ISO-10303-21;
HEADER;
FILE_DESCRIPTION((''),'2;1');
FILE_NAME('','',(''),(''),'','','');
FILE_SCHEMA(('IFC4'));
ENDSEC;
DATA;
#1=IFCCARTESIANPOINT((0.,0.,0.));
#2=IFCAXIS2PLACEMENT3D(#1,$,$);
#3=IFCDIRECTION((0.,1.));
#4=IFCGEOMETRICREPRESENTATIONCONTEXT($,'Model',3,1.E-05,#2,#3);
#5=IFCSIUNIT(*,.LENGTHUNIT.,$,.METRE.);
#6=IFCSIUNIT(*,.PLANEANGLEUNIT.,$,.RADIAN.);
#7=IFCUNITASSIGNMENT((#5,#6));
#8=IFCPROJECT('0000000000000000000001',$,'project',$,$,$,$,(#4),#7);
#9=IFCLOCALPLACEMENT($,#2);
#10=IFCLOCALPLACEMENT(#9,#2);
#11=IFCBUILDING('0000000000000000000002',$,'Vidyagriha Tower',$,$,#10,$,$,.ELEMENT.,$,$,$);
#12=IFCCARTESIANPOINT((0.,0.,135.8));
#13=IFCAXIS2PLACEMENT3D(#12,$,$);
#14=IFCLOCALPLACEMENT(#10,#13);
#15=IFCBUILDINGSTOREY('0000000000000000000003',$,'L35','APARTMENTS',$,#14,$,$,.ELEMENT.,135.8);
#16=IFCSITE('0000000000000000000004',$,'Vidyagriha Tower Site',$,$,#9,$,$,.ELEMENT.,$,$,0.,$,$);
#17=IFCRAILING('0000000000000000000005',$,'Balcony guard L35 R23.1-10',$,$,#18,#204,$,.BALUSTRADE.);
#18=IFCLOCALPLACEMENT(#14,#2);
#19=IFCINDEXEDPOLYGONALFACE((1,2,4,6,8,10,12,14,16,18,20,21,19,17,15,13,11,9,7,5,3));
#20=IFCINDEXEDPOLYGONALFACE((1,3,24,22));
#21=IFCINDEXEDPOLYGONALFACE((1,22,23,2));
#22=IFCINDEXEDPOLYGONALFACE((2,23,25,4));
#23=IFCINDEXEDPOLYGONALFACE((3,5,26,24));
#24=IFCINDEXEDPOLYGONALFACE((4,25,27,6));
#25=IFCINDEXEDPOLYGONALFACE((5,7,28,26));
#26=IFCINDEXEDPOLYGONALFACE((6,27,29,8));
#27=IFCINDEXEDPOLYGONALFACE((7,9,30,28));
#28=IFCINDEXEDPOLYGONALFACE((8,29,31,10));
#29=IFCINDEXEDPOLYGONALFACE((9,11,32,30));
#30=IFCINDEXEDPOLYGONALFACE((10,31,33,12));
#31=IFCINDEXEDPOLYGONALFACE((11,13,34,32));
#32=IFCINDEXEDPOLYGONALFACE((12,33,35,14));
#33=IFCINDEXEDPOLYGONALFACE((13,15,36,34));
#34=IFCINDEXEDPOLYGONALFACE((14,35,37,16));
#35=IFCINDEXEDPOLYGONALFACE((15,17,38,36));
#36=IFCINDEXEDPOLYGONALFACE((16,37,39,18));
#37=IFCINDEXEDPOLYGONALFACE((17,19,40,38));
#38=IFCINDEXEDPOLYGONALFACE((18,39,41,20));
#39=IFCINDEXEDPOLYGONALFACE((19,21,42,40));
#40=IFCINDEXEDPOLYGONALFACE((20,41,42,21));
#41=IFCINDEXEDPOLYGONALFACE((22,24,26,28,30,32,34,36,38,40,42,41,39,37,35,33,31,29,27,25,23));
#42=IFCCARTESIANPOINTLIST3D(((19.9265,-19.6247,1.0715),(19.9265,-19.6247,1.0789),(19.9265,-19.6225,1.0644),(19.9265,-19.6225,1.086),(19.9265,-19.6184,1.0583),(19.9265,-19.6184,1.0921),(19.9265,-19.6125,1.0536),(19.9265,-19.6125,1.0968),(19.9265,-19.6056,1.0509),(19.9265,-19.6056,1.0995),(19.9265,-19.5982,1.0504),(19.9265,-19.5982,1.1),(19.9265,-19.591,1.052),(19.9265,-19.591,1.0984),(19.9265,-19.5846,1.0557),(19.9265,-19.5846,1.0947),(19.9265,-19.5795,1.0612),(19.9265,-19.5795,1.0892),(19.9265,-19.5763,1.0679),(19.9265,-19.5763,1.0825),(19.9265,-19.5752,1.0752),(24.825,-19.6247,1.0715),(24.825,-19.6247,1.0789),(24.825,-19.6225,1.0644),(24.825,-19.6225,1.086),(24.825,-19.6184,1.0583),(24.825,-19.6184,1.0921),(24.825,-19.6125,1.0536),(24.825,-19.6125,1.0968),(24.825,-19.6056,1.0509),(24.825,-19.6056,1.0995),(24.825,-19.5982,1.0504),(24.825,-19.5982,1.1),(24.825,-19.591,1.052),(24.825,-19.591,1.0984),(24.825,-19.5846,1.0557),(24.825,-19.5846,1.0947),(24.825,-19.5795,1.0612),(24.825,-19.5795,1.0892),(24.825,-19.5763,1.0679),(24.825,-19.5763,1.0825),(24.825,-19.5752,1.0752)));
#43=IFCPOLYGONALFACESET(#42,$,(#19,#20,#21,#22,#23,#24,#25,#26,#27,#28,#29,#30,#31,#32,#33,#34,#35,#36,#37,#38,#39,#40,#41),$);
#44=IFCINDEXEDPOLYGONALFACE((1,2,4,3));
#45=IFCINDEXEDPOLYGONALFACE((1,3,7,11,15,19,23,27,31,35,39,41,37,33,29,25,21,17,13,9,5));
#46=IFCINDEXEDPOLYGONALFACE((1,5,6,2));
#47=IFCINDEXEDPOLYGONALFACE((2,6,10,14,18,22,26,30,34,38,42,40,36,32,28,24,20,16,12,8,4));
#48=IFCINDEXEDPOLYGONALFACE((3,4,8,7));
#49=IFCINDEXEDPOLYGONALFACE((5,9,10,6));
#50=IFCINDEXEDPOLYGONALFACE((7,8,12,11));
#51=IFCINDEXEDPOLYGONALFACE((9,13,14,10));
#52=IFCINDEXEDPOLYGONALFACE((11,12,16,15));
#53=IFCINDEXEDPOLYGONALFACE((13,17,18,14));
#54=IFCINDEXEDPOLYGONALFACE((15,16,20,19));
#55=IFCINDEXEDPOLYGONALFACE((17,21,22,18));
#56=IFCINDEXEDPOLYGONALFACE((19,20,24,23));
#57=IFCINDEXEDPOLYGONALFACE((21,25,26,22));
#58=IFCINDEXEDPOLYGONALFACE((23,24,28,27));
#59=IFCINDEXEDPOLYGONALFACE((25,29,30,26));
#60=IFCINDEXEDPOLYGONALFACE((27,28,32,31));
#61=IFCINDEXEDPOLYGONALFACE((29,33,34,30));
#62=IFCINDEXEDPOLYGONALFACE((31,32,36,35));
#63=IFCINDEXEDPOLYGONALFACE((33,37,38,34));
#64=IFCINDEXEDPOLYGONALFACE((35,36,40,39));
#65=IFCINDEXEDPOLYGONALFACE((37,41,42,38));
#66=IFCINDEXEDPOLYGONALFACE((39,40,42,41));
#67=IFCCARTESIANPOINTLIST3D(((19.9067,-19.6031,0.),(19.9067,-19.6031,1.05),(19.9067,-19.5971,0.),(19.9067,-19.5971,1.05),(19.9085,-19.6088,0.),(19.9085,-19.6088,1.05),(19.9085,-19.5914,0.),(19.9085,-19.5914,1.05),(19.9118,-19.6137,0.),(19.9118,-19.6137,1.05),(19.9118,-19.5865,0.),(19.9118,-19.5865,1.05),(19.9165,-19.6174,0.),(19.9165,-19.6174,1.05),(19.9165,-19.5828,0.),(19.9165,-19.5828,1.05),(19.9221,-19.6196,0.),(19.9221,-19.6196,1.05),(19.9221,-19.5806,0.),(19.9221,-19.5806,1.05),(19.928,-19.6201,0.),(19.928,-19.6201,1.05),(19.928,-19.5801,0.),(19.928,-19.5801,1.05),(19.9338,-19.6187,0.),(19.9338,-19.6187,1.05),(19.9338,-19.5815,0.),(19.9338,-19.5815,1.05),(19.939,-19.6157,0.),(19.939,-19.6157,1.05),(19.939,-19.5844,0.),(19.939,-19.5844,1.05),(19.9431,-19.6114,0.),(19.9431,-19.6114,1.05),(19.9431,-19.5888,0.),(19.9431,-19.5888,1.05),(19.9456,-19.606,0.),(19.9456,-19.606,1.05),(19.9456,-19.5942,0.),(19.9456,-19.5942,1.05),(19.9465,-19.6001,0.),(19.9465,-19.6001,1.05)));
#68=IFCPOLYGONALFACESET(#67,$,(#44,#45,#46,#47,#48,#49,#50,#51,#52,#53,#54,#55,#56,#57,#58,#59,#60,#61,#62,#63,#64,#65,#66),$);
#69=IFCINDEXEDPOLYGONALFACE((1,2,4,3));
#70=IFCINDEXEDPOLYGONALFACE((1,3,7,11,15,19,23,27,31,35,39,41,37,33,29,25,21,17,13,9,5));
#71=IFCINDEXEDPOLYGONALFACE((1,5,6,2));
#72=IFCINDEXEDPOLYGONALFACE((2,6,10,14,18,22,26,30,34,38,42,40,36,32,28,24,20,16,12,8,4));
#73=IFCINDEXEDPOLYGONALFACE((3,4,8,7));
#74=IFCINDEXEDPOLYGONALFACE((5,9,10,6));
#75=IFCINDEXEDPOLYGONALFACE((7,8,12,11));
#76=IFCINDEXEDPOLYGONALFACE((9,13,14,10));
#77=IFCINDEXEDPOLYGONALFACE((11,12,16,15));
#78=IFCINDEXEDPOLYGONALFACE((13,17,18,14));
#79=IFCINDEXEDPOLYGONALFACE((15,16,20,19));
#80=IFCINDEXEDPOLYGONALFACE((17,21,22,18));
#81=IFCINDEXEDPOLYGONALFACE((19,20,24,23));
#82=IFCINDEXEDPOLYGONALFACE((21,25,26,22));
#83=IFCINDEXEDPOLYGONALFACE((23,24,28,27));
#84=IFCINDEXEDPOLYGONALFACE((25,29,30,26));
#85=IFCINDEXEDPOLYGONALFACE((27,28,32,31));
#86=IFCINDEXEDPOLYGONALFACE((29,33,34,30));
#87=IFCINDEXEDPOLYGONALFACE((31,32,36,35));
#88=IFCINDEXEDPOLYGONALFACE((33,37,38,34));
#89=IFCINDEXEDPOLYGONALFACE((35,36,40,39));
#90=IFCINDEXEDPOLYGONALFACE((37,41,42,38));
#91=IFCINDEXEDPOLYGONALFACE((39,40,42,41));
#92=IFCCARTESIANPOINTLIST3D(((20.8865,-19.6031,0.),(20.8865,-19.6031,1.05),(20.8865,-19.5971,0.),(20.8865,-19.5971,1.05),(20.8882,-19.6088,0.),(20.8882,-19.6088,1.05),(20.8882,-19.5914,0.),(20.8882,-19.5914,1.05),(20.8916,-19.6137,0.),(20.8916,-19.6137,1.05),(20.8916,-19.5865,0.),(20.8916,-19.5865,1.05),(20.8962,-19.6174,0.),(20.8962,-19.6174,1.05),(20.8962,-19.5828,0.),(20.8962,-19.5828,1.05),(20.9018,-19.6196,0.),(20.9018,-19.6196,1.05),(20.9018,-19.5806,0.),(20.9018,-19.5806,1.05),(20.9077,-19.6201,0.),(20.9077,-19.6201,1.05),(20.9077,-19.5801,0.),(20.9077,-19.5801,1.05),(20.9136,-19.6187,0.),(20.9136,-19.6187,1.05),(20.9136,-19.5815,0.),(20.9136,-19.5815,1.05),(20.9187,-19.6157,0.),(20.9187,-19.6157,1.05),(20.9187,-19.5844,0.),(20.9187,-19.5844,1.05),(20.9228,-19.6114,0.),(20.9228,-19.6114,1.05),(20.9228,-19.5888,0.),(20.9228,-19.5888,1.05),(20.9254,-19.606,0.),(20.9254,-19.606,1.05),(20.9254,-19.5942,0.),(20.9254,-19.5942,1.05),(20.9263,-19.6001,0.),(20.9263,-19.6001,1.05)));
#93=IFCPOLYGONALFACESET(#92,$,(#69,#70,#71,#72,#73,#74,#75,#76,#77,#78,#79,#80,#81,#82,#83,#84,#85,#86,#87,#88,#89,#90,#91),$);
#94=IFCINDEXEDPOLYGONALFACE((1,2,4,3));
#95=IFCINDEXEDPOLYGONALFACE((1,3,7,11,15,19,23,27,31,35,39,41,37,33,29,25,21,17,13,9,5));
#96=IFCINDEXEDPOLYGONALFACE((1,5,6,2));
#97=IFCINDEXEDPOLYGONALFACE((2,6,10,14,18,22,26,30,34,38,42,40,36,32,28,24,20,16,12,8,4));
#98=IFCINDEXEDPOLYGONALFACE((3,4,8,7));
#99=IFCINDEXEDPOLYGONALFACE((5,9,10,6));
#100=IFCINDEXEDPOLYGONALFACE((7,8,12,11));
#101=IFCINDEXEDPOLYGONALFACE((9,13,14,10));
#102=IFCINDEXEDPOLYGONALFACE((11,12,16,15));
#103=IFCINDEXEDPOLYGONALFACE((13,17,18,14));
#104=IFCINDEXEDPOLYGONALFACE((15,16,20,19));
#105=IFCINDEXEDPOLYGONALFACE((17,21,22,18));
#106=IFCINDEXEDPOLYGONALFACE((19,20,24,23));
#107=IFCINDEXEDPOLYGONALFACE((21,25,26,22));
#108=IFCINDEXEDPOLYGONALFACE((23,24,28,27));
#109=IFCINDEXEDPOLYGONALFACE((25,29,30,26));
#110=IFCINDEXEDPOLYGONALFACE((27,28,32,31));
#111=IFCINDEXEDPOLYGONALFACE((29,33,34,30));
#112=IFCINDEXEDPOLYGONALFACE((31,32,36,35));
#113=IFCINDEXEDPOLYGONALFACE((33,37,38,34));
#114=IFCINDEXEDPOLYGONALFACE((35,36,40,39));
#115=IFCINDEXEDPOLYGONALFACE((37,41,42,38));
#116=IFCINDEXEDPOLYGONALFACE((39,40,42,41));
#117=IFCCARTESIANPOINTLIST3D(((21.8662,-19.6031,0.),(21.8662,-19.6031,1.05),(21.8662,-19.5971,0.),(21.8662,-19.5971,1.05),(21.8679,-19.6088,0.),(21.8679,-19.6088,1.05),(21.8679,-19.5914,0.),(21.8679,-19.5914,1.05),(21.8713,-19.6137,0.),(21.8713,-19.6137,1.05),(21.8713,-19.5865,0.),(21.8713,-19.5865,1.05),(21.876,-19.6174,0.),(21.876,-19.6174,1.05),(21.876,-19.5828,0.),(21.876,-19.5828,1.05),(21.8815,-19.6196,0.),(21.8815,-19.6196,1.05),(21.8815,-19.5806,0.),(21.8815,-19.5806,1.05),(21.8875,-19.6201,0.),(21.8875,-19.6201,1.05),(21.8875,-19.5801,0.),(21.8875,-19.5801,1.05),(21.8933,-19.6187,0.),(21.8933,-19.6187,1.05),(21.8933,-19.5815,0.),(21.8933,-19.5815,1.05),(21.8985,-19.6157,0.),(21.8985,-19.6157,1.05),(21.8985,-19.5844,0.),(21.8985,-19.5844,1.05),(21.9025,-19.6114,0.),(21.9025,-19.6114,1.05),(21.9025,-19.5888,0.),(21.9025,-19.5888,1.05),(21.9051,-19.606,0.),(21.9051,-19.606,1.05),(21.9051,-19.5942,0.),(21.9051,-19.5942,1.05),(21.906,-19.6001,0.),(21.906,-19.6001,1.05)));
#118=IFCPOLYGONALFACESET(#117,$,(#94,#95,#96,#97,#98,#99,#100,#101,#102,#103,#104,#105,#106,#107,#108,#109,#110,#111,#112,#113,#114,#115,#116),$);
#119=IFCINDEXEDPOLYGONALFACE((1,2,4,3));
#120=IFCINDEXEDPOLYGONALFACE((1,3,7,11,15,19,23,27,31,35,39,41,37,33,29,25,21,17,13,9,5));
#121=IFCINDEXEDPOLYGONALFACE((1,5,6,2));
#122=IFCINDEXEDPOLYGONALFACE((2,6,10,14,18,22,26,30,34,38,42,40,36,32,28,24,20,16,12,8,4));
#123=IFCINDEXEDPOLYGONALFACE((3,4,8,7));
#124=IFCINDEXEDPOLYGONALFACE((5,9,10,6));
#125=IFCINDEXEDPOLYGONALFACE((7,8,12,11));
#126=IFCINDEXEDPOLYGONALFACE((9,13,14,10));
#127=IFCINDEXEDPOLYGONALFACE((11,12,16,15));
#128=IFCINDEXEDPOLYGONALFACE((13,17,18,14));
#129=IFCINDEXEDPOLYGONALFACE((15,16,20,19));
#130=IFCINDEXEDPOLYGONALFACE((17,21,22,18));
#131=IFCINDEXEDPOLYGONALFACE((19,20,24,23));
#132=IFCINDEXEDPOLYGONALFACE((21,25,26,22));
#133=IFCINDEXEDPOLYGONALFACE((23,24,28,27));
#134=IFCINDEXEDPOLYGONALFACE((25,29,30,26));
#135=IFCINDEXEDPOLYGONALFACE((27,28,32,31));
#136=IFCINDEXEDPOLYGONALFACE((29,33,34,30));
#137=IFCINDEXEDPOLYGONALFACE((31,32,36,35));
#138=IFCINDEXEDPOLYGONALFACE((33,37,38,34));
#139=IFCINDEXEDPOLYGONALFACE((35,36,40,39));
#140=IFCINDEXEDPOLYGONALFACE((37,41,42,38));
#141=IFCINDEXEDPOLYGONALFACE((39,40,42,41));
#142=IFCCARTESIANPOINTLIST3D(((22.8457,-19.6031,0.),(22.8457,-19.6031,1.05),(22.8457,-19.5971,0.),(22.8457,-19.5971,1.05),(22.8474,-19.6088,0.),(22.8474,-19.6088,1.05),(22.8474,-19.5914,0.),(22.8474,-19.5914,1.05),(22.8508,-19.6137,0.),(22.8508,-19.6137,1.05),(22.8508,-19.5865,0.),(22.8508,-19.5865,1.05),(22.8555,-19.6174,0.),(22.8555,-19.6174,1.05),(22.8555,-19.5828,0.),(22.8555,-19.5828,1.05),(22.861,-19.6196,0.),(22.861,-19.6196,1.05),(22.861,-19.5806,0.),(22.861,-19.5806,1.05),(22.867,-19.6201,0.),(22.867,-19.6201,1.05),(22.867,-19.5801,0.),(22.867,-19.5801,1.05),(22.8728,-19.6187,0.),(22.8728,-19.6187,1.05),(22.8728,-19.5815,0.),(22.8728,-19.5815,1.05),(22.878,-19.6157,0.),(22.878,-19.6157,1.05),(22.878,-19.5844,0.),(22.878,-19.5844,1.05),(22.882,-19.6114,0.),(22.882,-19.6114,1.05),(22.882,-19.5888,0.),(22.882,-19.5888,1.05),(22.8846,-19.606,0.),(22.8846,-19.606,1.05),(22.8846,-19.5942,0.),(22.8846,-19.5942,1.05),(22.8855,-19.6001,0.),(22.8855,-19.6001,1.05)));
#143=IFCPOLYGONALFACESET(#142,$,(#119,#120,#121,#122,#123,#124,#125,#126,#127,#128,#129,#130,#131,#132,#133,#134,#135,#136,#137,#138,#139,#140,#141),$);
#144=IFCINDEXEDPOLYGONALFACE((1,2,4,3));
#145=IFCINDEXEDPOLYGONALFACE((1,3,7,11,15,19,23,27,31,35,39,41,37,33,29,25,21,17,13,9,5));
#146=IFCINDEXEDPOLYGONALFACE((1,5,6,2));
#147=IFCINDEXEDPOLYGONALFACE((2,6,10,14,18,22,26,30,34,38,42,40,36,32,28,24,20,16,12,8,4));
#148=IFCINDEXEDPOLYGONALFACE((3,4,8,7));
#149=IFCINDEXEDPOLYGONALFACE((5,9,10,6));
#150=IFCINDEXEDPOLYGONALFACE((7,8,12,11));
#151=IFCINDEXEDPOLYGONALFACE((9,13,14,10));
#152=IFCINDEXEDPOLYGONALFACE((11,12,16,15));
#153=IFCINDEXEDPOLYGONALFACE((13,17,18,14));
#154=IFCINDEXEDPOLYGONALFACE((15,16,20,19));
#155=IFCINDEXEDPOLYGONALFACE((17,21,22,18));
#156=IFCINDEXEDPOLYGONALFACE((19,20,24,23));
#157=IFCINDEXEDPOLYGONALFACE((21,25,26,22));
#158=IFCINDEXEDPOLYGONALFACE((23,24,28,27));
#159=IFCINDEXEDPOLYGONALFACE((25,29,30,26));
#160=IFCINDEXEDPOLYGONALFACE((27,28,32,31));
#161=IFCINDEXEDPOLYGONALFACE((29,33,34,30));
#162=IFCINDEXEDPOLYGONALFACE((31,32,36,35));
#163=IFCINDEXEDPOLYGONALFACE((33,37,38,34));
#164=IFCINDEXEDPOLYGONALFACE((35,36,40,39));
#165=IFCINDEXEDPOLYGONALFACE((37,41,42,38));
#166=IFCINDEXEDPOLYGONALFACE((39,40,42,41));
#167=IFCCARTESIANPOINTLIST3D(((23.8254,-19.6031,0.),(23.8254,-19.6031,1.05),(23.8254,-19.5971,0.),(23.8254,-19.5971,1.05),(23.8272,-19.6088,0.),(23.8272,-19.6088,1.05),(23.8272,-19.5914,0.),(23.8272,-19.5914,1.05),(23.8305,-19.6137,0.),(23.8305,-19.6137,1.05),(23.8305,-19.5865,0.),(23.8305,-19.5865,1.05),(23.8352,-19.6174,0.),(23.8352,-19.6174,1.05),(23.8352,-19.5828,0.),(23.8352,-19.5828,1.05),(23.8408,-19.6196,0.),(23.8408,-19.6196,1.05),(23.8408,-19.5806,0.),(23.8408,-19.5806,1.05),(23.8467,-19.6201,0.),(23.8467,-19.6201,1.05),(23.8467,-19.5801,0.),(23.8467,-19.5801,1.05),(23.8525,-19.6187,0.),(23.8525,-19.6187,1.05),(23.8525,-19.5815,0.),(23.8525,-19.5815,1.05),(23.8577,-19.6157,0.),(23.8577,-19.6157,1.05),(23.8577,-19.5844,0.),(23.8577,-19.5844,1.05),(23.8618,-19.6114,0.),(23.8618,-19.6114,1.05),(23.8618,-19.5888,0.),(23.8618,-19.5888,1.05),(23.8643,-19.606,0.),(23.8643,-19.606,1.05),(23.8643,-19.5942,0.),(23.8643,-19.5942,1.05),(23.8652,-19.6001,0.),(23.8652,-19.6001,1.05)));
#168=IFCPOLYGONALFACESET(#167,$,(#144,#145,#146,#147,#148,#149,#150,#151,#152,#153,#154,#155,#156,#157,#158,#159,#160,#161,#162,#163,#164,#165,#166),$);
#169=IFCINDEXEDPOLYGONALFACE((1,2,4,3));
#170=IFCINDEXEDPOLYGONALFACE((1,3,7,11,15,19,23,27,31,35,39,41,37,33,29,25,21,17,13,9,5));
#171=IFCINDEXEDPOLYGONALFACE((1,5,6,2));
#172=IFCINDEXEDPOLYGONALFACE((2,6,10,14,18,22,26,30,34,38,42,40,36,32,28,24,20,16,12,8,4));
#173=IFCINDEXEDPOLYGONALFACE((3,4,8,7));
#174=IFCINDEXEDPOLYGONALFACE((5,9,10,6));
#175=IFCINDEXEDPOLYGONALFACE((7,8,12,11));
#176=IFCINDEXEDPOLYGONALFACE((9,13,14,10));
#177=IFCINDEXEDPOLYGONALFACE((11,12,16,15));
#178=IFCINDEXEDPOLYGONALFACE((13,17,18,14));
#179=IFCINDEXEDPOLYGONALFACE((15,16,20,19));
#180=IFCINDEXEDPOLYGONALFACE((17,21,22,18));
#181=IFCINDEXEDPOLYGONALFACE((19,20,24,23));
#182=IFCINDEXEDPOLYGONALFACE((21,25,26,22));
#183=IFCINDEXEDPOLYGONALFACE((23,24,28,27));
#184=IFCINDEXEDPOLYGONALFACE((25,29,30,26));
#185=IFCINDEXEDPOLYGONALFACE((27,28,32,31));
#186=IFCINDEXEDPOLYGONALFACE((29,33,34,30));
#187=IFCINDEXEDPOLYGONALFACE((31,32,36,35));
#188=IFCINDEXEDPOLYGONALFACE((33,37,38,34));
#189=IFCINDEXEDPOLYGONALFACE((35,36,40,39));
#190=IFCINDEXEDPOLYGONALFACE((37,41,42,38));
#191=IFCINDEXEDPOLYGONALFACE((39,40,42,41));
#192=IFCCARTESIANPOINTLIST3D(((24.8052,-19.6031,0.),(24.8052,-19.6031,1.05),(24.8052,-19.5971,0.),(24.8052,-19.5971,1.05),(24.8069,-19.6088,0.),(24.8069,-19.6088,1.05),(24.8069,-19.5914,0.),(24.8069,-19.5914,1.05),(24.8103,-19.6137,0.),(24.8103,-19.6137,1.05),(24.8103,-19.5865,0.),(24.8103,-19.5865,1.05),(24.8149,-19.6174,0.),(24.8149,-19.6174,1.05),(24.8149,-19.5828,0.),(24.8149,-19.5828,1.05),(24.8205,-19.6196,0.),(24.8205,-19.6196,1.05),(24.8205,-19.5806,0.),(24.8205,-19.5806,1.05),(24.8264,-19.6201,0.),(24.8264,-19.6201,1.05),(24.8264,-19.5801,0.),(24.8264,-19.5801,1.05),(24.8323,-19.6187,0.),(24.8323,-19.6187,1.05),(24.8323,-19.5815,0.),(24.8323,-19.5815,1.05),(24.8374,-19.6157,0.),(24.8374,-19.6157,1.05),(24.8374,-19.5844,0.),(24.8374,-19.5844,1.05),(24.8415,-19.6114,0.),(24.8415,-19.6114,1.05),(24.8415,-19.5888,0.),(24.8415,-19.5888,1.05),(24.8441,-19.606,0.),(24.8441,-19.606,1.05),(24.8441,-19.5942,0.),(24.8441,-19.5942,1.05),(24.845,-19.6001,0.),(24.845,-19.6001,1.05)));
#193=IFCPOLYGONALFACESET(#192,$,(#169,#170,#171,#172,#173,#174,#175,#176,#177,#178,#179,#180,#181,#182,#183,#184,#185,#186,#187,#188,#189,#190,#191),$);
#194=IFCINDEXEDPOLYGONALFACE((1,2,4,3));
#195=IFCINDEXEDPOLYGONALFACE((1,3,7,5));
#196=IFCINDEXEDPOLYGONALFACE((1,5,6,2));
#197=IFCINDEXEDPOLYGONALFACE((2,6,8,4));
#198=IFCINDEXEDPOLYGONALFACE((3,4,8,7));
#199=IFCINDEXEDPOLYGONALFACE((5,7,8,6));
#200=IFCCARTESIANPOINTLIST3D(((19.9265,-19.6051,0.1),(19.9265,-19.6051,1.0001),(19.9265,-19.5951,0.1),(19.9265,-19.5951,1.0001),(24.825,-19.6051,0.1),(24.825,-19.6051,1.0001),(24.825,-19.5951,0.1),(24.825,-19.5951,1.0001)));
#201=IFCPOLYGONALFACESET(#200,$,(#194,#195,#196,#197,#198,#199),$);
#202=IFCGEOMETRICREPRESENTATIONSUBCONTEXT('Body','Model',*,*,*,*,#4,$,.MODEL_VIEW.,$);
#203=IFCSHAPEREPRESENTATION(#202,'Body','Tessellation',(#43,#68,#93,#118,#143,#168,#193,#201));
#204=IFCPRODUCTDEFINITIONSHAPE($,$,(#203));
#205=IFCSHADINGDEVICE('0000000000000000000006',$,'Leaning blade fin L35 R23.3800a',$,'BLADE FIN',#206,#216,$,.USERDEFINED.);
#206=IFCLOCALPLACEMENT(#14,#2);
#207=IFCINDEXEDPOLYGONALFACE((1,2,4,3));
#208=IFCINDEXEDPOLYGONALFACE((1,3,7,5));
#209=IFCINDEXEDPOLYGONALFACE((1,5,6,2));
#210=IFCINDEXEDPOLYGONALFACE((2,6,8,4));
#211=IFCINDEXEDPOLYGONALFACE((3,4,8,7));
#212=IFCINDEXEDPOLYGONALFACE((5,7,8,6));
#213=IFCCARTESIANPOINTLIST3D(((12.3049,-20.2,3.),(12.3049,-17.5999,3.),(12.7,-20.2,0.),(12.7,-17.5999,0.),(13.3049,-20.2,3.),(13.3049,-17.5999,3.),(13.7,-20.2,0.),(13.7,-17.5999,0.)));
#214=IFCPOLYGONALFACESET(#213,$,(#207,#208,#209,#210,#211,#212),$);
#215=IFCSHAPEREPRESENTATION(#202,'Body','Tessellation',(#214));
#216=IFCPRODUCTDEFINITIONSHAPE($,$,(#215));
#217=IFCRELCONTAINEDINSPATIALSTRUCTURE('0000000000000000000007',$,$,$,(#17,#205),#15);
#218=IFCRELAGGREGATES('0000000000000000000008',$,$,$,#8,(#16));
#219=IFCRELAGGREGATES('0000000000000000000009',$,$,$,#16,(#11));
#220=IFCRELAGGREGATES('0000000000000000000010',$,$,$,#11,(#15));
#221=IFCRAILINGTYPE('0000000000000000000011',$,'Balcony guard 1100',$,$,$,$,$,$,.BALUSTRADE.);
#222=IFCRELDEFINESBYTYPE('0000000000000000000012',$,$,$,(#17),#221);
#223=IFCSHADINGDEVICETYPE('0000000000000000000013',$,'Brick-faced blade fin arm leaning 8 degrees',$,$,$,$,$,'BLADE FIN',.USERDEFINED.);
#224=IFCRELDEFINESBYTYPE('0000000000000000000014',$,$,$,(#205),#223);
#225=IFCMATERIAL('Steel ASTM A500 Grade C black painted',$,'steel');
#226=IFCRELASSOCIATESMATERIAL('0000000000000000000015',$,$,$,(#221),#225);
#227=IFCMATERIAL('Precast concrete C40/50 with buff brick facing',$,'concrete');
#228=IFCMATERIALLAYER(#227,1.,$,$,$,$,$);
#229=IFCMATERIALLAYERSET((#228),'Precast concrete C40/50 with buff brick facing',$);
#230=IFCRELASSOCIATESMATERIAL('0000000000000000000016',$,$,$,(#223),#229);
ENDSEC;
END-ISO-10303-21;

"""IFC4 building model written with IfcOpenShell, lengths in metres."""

from ifc_helpers import new_model, si_unit, direction, frame, origin, origin_2d, place, context, subcontext, project, spatial, polyline, rectangle, circle, outline, extrude, material, layer, layer_set, type_object, element, save


model = new_model("IFC4")

# Units and contexts
model_context = context("Model", 3, precision=1e-05, world=origin(), true_north=direction((0.0, 1.0)))
body_context = subcontext(model_context, "Body", "Model", "MODEL_VIEW")
ifc_project = project(units=[si_unit("LENGTHUNIT", "METRE"), si_unit("PLANEANGLEUNIT", "RADIAN")], contexts=[model_context])

# Site, building, storey
site_placement = place(None, origin())
site = spatial("IfcSite", under=ifc_project, at=site_placement, Name="Vidyagriha Tower Site", CompositionType="ELEMENT", RefElevation=0.0)
building_placement = place(site_placement, origin())
building = spatial("IfcBuilding", under=site, at=building_placement, Name="Vidyagriha Tower", CompositionType="ELEMENT")
storey_placement = place(building_placement, frame((0.0, 0.0, 135.8)))
storey = spatial("IfcBuildingStorey", under=building, at=storey_placement, Name="L35", Description="APARTMENTS", CompositionType="ELEMENT", Elevation=135.8)

# Railing
ifc_material_1 = material(Name="Steel ASTM A500 Grade C black painted", Category="steel")
railing_type = type_object("IfcRailingType", Name="Balcony guard 1100", PredefinedType="BALUSTRADE", material=ifc_material_1)
railing_1_placement = place(storey_placement, frame((19.9265, -19.6001, 0.0)))
element("IfcRailing", 1, at=railing_1_placement, inside=storey, type_object=railing_type, Name="Balcony guard L35 R23.1-10", PredefinedType="BALUSTRADE", context=body_context, shape_type="SweptSolid", body=[
    extrude(circle(Radius=0.0249, at=origin_2d()), frame((0.0, 0.0, 1.0752), z_axis=(1.0, 0.0, 0.0), x_axis=(0.0, 1.0, 0.0)), (0.0, 0.0, 1.0), 4.8984),
    extrude(circle(Radius=0.02, at=origin_2d()), origin(), (0.0, 0.0, 1.0), 1.05),
    extrude(circle(Radius=0.02, at=origin_2d()), frame((0.9797, 0.0, 0.0)), (0.0, 0.0, 1.0), 1.05),
    extrude(circle(Radius=0.02, at=origin_2d()), frame((1.9595, 0.0, 0.0)), (0.0, 0.0, 1.0), 1.05),
    extrude(circle(Radius=0.02, at=origin_2d()), frame((2.939, 0.0, 0.0)), (0.0, 0.0, 1.0), 1.05),
    extrude(circle(Radius=0.02, at=origin_2d()), frame((3.9187, 0.0, 0.0)), (0.0, 0.0, 1.0), 1.05),
    extrude(circle(Radius=0.02, at=origin_2d()), frame((4.8984, 0.0, 0.0)), (0.0, 0.0, 1.0), 1.05),
    extrude(rectangle(XDim=0.01, YDim=0.9001, at=origin_2d()), frame((0.0, 0.0, 0.55), z_axis=(1.0, 0.0, 0.0), x_axis=(0.0, 1.0, 0.0)), (0.0, 0.0, 1.0), 4.8984),
])

# Shading device
ifc_material_2 = material(Name="Precast concrete C40/50 with buff brick facing", Category="concrete")
ifc_layer_1 = layer(ifc_material_2, 1.0)
ifc_layer_set_1 = layer_set([ifc_layer_1], Name="Precast concrete C40/50 with buff brick facing")
shading_device_type_1 = type_object("IfcShadingDeviceType", Name="Brick-faced blade fin arm leaning 8 degrees", ElementType="BLADE FIN", PredefinedType="USERDEFINED", material=ifc_layer_set_1)
shading_device_1_placement = place(storey_placement, frame((12.3049, -18.8999, 0.0)))
element("IfcShadingDevice", 2, at=shading_device_1_placement, inside=storey, type_object=shading_device_type_1, Name="Leaning blade fin L35 R23.3800a", ObjectType="BLADE FIN", PredefinedType="USERDEFINED", context=body_context, shape_type="SweptSolid", body=[
    extrude(outline(polyline([(0.395, 0.0), (1.395, 0.0), (1.0, 3.0), (0.0, 3.0), (0.395, 0.0)])), frame((0.0, 1.3, 0.0), z_axis=(0.0, -1.0, 0.0), x_axis=(1.0, 0.0, 0.0)), (0.0, 0.0, 1.0), 2.6001),
])

save(model, "model.ifc")
